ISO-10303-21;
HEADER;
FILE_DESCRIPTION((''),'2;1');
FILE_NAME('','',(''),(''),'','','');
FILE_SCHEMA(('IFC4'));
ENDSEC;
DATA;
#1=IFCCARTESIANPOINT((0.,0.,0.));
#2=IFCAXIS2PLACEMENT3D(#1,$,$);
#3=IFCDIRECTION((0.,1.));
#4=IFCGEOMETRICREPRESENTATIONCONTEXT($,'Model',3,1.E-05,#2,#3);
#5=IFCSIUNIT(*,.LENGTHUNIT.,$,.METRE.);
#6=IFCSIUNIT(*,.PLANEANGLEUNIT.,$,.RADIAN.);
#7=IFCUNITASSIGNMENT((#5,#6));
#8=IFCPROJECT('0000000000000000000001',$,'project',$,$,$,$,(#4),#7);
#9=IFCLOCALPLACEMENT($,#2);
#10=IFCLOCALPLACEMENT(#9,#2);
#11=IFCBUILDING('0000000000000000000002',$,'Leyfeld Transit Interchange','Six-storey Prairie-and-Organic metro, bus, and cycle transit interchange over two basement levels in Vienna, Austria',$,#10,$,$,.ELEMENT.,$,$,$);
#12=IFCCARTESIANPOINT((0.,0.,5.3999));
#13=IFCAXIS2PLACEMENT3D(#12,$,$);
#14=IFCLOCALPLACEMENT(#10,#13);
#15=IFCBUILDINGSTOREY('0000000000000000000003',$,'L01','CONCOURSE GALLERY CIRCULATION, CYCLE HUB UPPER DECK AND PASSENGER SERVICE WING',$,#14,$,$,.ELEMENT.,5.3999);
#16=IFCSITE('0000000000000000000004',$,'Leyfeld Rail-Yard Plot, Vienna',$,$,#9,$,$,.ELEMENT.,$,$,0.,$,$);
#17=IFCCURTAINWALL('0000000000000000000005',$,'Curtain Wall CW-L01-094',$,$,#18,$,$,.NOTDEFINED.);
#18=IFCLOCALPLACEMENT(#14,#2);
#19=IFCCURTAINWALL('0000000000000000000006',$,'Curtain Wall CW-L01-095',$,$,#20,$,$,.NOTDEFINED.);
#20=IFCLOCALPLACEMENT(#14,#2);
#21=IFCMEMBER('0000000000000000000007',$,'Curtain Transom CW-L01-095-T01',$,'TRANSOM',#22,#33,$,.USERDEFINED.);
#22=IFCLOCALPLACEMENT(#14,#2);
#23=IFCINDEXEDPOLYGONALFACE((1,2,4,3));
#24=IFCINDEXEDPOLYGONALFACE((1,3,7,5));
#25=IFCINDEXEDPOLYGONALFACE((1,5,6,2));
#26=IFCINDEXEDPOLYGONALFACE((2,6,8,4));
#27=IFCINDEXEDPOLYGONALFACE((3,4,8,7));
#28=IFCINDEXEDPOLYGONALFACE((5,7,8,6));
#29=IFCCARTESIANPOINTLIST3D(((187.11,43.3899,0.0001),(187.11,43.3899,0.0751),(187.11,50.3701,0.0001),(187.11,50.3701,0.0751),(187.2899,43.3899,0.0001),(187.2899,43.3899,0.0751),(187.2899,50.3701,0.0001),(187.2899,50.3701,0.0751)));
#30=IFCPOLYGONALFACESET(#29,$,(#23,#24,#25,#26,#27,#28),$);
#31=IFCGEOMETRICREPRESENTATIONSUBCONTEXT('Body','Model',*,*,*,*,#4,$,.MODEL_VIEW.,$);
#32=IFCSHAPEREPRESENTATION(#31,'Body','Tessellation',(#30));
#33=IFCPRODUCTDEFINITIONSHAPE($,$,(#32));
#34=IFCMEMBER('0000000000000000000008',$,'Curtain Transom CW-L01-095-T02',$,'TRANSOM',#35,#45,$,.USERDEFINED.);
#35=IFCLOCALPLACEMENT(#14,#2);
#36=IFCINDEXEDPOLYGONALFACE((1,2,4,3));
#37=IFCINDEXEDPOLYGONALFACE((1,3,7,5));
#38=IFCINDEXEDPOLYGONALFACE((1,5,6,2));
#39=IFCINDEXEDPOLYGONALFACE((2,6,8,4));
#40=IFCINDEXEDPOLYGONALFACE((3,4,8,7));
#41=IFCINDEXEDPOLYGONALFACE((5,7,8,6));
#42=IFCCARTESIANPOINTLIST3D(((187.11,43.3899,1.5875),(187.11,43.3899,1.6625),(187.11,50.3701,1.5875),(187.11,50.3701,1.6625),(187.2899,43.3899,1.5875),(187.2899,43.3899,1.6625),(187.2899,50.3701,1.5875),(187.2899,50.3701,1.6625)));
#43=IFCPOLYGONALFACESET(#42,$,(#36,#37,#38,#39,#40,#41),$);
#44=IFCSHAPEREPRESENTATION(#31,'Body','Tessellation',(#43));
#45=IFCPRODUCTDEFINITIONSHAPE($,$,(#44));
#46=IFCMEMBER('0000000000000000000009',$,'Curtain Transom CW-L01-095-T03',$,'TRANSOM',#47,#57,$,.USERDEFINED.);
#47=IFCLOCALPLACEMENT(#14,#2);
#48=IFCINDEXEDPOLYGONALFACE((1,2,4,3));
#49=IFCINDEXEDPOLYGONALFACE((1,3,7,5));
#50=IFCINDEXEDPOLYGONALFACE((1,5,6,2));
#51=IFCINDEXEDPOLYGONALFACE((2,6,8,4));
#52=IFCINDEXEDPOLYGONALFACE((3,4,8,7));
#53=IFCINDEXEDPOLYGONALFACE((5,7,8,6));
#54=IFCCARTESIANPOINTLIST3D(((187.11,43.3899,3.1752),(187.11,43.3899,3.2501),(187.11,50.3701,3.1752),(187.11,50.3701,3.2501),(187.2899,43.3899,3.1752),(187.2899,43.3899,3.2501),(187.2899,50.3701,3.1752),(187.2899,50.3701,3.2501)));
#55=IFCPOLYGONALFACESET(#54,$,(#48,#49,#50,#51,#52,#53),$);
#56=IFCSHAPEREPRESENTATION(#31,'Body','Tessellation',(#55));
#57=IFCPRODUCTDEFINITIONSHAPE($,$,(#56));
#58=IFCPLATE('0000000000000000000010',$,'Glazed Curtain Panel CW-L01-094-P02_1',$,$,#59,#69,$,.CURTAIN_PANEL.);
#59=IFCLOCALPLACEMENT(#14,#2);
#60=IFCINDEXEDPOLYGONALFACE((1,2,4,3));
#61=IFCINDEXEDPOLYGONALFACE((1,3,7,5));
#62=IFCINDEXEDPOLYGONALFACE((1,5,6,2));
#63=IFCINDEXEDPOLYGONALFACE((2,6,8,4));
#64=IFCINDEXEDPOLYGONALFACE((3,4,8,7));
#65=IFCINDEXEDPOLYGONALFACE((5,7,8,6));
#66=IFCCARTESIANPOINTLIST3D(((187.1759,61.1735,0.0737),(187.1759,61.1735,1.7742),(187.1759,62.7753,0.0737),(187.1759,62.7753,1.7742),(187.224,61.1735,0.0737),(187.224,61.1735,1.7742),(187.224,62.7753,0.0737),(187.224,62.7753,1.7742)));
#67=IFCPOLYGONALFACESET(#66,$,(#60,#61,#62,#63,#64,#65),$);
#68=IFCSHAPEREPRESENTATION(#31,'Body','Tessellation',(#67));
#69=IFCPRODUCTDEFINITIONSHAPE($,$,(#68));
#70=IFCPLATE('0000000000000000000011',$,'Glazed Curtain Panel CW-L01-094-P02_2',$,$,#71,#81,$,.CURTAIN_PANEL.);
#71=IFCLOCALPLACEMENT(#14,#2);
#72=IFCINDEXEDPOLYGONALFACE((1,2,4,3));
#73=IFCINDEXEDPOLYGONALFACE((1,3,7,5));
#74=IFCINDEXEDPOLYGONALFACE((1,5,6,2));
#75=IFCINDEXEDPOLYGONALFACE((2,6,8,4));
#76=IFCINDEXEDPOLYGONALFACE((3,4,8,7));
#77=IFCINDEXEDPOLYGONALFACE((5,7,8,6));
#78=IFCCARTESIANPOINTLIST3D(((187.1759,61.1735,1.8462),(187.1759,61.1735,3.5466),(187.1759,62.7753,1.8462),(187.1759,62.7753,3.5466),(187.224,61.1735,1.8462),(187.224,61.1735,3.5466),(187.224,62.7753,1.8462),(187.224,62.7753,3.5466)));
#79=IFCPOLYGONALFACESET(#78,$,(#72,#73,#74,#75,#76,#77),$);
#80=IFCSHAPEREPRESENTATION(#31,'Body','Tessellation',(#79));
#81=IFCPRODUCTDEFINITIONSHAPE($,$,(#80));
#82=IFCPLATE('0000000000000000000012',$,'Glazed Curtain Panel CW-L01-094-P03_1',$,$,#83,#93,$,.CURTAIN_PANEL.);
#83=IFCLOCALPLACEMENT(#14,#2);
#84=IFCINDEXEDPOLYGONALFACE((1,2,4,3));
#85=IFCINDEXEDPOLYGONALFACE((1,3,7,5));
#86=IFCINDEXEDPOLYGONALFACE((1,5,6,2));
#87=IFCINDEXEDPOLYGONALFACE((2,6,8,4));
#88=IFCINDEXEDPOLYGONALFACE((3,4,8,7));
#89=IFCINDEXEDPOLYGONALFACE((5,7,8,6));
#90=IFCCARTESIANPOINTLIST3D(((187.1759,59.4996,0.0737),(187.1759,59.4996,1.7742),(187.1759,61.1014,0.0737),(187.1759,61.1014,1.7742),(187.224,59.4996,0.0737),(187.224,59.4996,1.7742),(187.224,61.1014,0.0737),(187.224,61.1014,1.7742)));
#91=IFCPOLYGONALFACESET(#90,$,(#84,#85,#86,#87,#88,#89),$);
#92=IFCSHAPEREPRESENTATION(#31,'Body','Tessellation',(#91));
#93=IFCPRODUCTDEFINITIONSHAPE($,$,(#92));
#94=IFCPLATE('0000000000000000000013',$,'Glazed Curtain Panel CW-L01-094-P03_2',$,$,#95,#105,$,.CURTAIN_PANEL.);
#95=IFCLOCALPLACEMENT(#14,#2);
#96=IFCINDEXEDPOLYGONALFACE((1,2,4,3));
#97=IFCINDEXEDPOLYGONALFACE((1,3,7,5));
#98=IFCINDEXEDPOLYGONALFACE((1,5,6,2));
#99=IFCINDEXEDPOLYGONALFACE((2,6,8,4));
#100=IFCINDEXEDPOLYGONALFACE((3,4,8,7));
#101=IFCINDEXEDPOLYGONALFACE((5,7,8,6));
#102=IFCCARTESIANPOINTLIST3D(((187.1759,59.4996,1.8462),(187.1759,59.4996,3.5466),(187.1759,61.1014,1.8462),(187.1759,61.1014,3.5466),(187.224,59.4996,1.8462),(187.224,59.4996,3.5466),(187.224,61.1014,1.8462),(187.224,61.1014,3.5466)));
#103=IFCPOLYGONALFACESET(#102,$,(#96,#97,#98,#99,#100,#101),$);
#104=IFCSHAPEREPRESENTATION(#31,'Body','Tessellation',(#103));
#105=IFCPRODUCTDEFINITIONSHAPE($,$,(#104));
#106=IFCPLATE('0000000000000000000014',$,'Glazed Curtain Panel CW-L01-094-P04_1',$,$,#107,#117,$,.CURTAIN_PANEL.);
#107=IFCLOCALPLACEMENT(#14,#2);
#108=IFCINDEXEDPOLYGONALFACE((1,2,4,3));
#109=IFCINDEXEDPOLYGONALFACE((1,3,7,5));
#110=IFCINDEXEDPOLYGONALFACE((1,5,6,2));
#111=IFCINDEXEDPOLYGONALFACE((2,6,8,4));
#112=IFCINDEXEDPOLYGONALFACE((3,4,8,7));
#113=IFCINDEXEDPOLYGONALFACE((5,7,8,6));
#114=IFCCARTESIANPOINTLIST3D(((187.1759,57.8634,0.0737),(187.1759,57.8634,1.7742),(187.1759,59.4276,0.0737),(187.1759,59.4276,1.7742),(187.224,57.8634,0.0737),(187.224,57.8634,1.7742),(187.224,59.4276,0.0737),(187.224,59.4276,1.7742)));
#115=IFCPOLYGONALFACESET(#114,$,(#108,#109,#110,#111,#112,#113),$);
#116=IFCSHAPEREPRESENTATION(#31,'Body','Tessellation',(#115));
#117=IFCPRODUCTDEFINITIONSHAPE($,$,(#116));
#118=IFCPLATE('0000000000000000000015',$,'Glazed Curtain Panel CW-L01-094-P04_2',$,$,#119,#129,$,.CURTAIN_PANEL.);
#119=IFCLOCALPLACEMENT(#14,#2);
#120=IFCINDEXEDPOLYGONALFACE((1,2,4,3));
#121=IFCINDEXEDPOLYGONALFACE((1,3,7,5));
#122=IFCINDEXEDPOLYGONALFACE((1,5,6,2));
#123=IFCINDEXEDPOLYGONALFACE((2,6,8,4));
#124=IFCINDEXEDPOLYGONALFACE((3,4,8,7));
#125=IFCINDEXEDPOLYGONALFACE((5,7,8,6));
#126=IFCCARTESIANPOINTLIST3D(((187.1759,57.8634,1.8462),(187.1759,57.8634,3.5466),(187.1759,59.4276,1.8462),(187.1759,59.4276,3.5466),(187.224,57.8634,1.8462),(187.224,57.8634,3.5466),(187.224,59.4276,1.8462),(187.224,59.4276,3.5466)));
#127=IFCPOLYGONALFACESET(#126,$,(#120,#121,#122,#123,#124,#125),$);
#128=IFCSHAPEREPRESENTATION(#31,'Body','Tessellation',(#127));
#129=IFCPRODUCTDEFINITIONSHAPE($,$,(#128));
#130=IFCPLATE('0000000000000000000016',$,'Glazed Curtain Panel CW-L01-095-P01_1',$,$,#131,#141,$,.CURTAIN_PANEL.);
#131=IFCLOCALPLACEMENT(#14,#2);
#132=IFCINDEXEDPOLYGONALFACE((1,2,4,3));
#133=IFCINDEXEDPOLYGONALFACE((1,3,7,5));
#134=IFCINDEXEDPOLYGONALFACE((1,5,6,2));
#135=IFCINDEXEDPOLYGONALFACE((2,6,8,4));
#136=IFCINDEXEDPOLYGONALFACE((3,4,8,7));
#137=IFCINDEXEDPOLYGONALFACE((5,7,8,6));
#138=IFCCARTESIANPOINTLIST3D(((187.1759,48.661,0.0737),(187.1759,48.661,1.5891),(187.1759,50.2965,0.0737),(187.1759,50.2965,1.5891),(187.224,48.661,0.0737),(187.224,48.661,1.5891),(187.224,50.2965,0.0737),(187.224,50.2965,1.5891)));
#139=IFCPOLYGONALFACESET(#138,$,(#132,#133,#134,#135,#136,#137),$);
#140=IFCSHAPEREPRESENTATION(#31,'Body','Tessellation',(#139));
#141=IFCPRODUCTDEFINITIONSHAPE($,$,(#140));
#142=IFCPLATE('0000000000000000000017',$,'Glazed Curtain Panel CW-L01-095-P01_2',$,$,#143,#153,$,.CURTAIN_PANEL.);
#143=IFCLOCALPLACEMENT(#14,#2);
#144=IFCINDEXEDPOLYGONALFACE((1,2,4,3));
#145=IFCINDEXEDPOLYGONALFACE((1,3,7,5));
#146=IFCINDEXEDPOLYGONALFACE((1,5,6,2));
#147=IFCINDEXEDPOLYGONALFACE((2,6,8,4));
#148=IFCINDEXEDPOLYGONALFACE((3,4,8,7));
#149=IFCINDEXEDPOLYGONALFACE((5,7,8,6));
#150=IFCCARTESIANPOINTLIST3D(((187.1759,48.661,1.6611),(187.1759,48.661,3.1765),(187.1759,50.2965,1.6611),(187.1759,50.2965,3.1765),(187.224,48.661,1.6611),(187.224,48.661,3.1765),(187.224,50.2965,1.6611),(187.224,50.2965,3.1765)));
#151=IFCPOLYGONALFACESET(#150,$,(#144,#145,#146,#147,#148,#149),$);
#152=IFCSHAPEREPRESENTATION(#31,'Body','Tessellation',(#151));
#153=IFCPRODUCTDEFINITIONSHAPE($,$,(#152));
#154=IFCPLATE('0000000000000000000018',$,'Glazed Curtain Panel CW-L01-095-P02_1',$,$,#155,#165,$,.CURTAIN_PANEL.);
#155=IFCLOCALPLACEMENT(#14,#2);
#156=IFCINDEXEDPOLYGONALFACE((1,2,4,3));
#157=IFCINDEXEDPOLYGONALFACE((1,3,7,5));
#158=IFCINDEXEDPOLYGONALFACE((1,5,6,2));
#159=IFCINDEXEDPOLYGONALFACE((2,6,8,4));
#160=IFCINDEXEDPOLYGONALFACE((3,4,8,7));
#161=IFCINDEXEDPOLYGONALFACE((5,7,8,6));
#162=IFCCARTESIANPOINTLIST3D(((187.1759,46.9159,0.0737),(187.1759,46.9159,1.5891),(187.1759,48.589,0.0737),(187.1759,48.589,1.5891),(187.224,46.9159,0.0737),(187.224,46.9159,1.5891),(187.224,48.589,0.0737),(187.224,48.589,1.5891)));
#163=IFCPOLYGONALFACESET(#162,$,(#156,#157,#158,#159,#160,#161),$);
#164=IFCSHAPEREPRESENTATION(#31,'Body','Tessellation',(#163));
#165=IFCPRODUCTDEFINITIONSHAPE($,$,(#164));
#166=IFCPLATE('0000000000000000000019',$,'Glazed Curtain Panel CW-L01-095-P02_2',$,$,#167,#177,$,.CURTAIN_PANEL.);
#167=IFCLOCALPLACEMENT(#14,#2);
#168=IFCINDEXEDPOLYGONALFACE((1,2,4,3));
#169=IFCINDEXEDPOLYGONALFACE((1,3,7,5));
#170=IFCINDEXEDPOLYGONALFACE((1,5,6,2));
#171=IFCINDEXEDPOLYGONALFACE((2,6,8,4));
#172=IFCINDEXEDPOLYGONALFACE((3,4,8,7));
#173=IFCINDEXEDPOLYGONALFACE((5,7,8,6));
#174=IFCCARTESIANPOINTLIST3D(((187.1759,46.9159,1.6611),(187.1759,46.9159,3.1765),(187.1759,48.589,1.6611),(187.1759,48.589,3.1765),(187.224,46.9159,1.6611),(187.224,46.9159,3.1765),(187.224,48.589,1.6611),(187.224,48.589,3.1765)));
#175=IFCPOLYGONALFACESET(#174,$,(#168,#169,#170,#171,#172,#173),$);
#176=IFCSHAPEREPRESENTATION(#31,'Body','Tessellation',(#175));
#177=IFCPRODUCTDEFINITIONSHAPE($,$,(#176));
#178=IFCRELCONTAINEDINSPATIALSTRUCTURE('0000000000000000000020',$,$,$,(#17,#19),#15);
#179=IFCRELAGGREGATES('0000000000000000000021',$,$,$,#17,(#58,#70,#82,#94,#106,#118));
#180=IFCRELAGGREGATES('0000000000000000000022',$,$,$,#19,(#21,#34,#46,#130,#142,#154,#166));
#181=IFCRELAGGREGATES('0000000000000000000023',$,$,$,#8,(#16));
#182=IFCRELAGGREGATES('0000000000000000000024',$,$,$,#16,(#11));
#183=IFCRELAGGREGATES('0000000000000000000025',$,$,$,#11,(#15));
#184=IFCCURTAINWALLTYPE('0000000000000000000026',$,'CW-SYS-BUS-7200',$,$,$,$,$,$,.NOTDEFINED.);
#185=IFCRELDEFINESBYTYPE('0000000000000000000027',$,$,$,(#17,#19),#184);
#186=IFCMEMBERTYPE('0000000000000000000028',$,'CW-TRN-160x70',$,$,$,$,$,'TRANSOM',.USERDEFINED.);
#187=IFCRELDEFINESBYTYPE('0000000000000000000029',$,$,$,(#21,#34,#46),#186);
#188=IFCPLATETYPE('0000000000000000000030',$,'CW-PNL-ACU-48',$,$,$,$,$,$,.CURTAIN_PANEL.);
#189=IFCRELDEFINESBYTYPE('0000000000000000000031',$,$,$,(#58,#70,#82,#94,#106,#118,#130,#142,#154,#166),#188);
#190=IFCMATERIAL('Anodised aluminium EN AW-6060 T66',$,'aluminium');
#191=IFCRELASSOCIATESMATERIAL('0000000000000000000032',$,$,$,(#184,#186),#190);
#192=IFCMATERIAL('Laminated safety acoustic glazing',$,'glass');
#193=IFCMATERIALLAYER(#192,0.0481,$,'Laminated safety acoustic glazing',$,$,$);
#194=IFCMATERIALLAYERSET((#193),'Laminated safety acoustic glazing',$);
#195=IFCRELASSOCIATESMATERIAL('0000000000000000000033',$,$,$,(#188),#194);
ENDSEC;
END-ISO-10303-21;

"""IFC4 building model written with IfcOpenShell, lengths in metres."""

from ifc_helpers import new_model, si_unit, direction, frame, origin, origin_2d, place, context, subcontext, project, spatial, rectangle, extrude, material, layer, layer_set, material_profile, profile_set, type_object, element, aggregate, save


model = new_model("IFC4")

# Units and contexts
model_context = context("Model", 3, precision=1e-05, world=origin(), true_north=direction((0.0, 1.0)))
body_context = subcontext(model_context, "Body", "Model", "MODEL_VIEW")
ifc_project = project(units=[si_unit("LENGTHUNIT", "METRE"), si_unit("PLANEANGLEUNIT", "RADIAN")], contexts=[model_context])

# Site, building, storey
site_placement = place(None, origin())
site = spatial("IfcSite", under=ifc_project, at=site_placement, Name="Leyfeld Rail-Yard Plot, Vienna", CompositionType="ELEMENT", RefElevation=0.0)
building_placement = place(site_placement, origin())
building = spatial("IfcBuilding", under=site, at=building_placement, Name="Leyfeld Transit Interchange", Description="Six-storey Prairie-and-Organic metro, bus, and cycle transit interchange over two basement levels in Vienna, Austria", CompositionType="ELEMENT")
storey_placement = place(building_placement, frame((0.0, 0.0, 5.3999)))
storey = spatial("IfcBuildingStorey", under=building, at=storey_placement, Name="L01", Description="CONCOURSE GALLERY CIRCULATION, CYCLE HUB UPPER DECK AND PASSENGER SERVICE WING", CompositionType="ELEMENT", Elevation=5.3999)

# Curtain walls, members
ifc_material_1 = material(Name="Anodised aluminium EN AW-6060 T66", Category="aluminium")
curtain_wall_type = type_object("IfcCurtainWallType", Name="CW-SYS-BUS-7200", PredefinedType="NOTDEFINED", material=ifc_material_1)
curtain_wall_1_placement = place(storey_placement, origin())
curtain_wall_1 = element("IfcCurtainWall", 1, at=curtain_wall_1_placement, inside=storey, type_object=curtain_wall_type, Name="Curtain Wall CW-L01-094", PredefinedType="NOTDEFINED")
curtain_wall_2_placement = place(storey_placement, origin())
curtain_wall_2 = element("IfcCurtainWall", 2, at=curtain_wall_2_placement, inside=storey, type_object=curtain_wall_type, Name="Curtain Wall CW-L01-095", PredefinedType="NOTDEFINED")
ifc_material_profile_1 = material_profile(ifc_material_1, rectangle(XDim=0.1799, YDim=0.075, at=origin_2d()), Name="CW-TRN-160x70")
ifc_profile_set_1 = profile_set([ifc_material_profile_1], Name="Anodised aluminium EN AW-6060 T66")
member_type_1 = type_object("IfcMemberType", Name="CW-TRN-160x70", ElementType="TRANSOM", PredefinedType="USERDEFINED", material=ifc_profile_set_1)
member_1_placement = place(storey_placement, frame((187.2, 50.3701, 0.0376), z_axis=(0.0, -1.0, 0.0), x_axis=(1.0, 0.0, 0.0)))
member_1 = element("IfcMember", 3, at=member_1_placement, type_object=member_type_1, Name="Curtain Transom CW-L01-095-T01", ObjectType="TRANSOM", PredefinedType="USERDEFINED", context=body_context, shape_type="SweptSolid", body=[
    extrude(rectangle(XDim=0.1799, YDim=0.075, at=origin_2d()), origin(), (0.0, 0.0, 1.0), 6.9802),
])
member_2_placement = place(storey_placement, frame((187.2, 50.3701, 1.625), z_axis=(0.0, -1.0, 0.0), x_axis=(1.0, 0.0, 0.0)))
member_2 = element("IfcMember", 4, at=member_2_placement, type_object=member_type_1, Name="Curtain Transom CW-L01-095-T02", ObjectType="TRANSOM", PredefinedType="USERDEFINED", context=body_context, shape_type="SweptSolid", body=[
    extrude(rectangle(XDim=0.1799, YDim=0.075, at=origin_2d()), origin(), (0.0, 0.0, 1.0), 6.9802),
])
member_3_placement = place(storey_placement, frame((187.2, 50.3701, 3.2126), z_axis=(0.0, -1.0, 0.0), x_axis=(1.0, 0.0, 0.0)))
member_3 = element("IfcMember", 5, at=member_3_placement, type_object=member_type_1, Name="Curtain Transom CW-L01-095-T03", ObjectType="TRANSOM", PredefinedType="USERDEFINED", context=body_context, shape_type="SweptSolid", body=[
    extrude(rectangle(XDim=0.1799, YDim=0.075, at=origin_2d()), origin(), (0.0, 0.0, 1.0), 6.9802),
])

# Plates
ifc_material_2 = material(Name="Laminated safety acoustic glazing", Category="glass")
ifc_layer_1 = layer(ifc_material_2, 0.0481, Name="Laminated safety acoustic glazing")
ifc_layer_set_1 = layer_set([ifc_layer_1], Name="Laminated safety acoustic glazing")
plate_type = type_object("IfcPlateType", Name="CW-PNL-ACU-48", PredefinedType="CURTAIN_PANEL", material=ifc_layer_set_1)
plate_1_placement = place(storey_placement, frame((187.2, 61.9744, 0.0737), z_axis=(0.0, 0.0, 1.0), x_axis=(0.0, -1.0, 0.0)))
plate_1 = element("IfcPlate", 6, at=plate_1_placement, type_object=plate_type, Name="Glazed Curtain Panel CW-L01-094-P02_1", PredefinedType="CURTAIN_PANEL", context=body_context, shape_type="SweptSolid", body=[
    extrude(rectangle(XDim=1.6018, YDim=0.0481, at=origin_2d()), origin(), (0.0, 0.0, 1.0), 1.7004),
])
plate_2_placement = place(storey_placement, frame((187.2, 61.9744, 1.8462), z_axis=(0.0, 0.0, 1.0), x_axis=(0.0, -1.0, 0.0)))
plate_2 = element("IfcPlate", 7, at=plate_2_placement, type_object=plate_type, Name="Glazed Curtain Panel CW-L01-094-P02_2", PredefinedType="CURTAIN_PANEL", context=body_context, shape_type="SweptSolid", body=[
    extrude(rectangle(XDim=1.6018, YDim=0.0481, at=origin_2d()), origin(), (0.0, 0.0, 1.0), 1.7004),
])
plate_3_placement = place(storey_placement, frame((187.2, 60.3005, 0.0737), z_axis=(0.0, 0.0, 1.0), x_axis=(0.0, -1.0, 0.0)))
plate_3 = element("IfcPlate", 8, at=plate_3_placement, type_object=plate_type, Name="Glazed Curtain Panel CW-L01-094-P03_1", PredefinedType="CURTAIN_PANEL", context=body_context, shape_type="SweptSolid", body=[
    extrude(rectangle(XDim=1.6018, YDim=0.0481, at=origin_2d()), origin(), (0.0, 0.0, 1.0), 1.7004),
])
plate_4_placement = place(storey_placement, frame((187.2, 60.3005, 1.8462), z_axis=(0.0, 0.0, 1.0), x_axis=(0.0, -1.0, 0.0)))
plate_4 = element("IfcPlate", 9, at=plate_4_placement, type_object=plate_type, Name="Glazed Curtain Panel CW-L01-094-P03_2", PredefinedType="CURTAIN_PANEL", context=body_context, shape_type="SweptSolid", body=[
    extrude(rectangle(XDim=1.6018, YDim=0.0481, at=origin_2d()), origin(), (0.0, 0.0, 1.0), 1.7004),
])
plate_5_placement = place(storey_placement, frame((187.2, 58.6455, 0.0737), z_axis=(0.0, 0.0, 1.0), x_axis=(0.0, -1.0, 0.0)))
plate_5 = element("IfcPlate", 10, at=plate_5_placement, type_object=plate_type, Name="Glazed Curtain Panel CW-L01-094-P04_1", PredefinedType="CURTAIN_PANEL", context=body_context, shape_type="SweptSolid", body=[
    extrude(rectangle(XDim=1.5642, YDim=0.0481, at=origin_2d()), origin(), (0.0, 0.0, 1.0), 1.7004),
])
plate_6_placement = place(storey_placement, frame((187.2, 58.6455, 1.8462), z_axis=(0.0, 0.0, 1.0), x_axis=(0.0, -1.0, 0.0)))
plate_6 = element("IfcPlate", 11, at=plate_6_placement, type_object=plate_type, Name="Glazed Curtain Panel CW-L01-094-P04_2", PredefinedType="CURTAIN_PANEL", context=body_context, shape_type="SweptSolid", body=[
    extrude(rectangle(XDim=1.5642, YDim=0.0481, at=origin_2d()), origin(), (0.0, 0.0, 1.0), 1.7004),
])
aggregate(curtain_wall_1, [plate_1, plate_2, plate_3, plate_4, plate_5, plate_6])
plate_7_placement = place(storey_placement, frame((187.2, 49.4788, 0.0737), z_axis=(0.0, 0.0, 1.0), x_axis=(0.0, -1.0, 0.0)))
plate_7 = element("IfcPlate", 12, at=plate_7_placement, type_object=plate_type, Name="Glazed Curtain Panel CW-L01-095-P01_1", PredefinedType="CURTAIN_PANEL", context=body_context, shape_type="SweptSolid", body=[
    extrude(rectangle(XDim=1.6355, YDim=0.0481, at=origin_2d()), origin(), (0.0, 0.0, 1.0), 1.5154),
])
plate_8_placement = place(storey_placement, frame((187.2, 49.4788, 1.6611), z_axis=(0.0, 0.0, 1.0), x_axis=(0.0, -1.0, 0.0)))
plate_8 = element("IfcPlate", 13, at=plate_8_placement, type_object=plate_type, Name="Glazed Curtain Panel CW-L01-095-P01_2", PredefinedType="CURTAIN_PANEL", context=body_context, shape_type="SweptSolid", body=[
    extrude(rectangle(XDim=1.6355, YDim=0.0481, at=origin_2d()), origin(), (0.0, 0.0, 1.0), 1.5154),
])
plate_9_placement = place(storey_placement, frame((187.2, 47.7524, 0.0737), z_axis=(0.0, 0.0, 1.0), x_axis=(0.0, -1.0, 0.0)))
plate_9 = element("IfcPlate", 14, at=plate_9_placement, type_object=plate_type, Name="Glazed Curtain Panel CW-L01-095-P02_1", PredefinedType="CURTAIN_PANEL", context=body_context, shape_type="SweptSolid", body=[
    extrude(rectangle(XDim=1.6731, YDim=0.0481, at=origin_2d()), origin(), (0.0, 0.0, 1.0), 1.5154),
])
plate_10_placement = place(storey_placement, frame((187.2, 47.7524, 1.6611), z_axis=(0.0, 0.0, 1.0), x_axis=(0.0, -1.0, 0.0)))
plate_10 = element("IfcPlate", 15, at=plate_10_placement, type_object=plate_type, Name="Glazed Curtain Panel CW-L01-095-P02_2", PredefinedType="CURTAIN_PANEL", context=body_context, shape_type="SweptSolid", body=[
    extrude(rectangle(XDim=1.6731, YDim=0.0481, at=origin_2d()), origin(), (0.0, 0.0, 1.0), 1.5154),
])
aggregate(curtain_wall_2, [member_1, member_2, member_3, plate_7, plate_8, plate_9, plate_10])

save(model, "model.ifc")
